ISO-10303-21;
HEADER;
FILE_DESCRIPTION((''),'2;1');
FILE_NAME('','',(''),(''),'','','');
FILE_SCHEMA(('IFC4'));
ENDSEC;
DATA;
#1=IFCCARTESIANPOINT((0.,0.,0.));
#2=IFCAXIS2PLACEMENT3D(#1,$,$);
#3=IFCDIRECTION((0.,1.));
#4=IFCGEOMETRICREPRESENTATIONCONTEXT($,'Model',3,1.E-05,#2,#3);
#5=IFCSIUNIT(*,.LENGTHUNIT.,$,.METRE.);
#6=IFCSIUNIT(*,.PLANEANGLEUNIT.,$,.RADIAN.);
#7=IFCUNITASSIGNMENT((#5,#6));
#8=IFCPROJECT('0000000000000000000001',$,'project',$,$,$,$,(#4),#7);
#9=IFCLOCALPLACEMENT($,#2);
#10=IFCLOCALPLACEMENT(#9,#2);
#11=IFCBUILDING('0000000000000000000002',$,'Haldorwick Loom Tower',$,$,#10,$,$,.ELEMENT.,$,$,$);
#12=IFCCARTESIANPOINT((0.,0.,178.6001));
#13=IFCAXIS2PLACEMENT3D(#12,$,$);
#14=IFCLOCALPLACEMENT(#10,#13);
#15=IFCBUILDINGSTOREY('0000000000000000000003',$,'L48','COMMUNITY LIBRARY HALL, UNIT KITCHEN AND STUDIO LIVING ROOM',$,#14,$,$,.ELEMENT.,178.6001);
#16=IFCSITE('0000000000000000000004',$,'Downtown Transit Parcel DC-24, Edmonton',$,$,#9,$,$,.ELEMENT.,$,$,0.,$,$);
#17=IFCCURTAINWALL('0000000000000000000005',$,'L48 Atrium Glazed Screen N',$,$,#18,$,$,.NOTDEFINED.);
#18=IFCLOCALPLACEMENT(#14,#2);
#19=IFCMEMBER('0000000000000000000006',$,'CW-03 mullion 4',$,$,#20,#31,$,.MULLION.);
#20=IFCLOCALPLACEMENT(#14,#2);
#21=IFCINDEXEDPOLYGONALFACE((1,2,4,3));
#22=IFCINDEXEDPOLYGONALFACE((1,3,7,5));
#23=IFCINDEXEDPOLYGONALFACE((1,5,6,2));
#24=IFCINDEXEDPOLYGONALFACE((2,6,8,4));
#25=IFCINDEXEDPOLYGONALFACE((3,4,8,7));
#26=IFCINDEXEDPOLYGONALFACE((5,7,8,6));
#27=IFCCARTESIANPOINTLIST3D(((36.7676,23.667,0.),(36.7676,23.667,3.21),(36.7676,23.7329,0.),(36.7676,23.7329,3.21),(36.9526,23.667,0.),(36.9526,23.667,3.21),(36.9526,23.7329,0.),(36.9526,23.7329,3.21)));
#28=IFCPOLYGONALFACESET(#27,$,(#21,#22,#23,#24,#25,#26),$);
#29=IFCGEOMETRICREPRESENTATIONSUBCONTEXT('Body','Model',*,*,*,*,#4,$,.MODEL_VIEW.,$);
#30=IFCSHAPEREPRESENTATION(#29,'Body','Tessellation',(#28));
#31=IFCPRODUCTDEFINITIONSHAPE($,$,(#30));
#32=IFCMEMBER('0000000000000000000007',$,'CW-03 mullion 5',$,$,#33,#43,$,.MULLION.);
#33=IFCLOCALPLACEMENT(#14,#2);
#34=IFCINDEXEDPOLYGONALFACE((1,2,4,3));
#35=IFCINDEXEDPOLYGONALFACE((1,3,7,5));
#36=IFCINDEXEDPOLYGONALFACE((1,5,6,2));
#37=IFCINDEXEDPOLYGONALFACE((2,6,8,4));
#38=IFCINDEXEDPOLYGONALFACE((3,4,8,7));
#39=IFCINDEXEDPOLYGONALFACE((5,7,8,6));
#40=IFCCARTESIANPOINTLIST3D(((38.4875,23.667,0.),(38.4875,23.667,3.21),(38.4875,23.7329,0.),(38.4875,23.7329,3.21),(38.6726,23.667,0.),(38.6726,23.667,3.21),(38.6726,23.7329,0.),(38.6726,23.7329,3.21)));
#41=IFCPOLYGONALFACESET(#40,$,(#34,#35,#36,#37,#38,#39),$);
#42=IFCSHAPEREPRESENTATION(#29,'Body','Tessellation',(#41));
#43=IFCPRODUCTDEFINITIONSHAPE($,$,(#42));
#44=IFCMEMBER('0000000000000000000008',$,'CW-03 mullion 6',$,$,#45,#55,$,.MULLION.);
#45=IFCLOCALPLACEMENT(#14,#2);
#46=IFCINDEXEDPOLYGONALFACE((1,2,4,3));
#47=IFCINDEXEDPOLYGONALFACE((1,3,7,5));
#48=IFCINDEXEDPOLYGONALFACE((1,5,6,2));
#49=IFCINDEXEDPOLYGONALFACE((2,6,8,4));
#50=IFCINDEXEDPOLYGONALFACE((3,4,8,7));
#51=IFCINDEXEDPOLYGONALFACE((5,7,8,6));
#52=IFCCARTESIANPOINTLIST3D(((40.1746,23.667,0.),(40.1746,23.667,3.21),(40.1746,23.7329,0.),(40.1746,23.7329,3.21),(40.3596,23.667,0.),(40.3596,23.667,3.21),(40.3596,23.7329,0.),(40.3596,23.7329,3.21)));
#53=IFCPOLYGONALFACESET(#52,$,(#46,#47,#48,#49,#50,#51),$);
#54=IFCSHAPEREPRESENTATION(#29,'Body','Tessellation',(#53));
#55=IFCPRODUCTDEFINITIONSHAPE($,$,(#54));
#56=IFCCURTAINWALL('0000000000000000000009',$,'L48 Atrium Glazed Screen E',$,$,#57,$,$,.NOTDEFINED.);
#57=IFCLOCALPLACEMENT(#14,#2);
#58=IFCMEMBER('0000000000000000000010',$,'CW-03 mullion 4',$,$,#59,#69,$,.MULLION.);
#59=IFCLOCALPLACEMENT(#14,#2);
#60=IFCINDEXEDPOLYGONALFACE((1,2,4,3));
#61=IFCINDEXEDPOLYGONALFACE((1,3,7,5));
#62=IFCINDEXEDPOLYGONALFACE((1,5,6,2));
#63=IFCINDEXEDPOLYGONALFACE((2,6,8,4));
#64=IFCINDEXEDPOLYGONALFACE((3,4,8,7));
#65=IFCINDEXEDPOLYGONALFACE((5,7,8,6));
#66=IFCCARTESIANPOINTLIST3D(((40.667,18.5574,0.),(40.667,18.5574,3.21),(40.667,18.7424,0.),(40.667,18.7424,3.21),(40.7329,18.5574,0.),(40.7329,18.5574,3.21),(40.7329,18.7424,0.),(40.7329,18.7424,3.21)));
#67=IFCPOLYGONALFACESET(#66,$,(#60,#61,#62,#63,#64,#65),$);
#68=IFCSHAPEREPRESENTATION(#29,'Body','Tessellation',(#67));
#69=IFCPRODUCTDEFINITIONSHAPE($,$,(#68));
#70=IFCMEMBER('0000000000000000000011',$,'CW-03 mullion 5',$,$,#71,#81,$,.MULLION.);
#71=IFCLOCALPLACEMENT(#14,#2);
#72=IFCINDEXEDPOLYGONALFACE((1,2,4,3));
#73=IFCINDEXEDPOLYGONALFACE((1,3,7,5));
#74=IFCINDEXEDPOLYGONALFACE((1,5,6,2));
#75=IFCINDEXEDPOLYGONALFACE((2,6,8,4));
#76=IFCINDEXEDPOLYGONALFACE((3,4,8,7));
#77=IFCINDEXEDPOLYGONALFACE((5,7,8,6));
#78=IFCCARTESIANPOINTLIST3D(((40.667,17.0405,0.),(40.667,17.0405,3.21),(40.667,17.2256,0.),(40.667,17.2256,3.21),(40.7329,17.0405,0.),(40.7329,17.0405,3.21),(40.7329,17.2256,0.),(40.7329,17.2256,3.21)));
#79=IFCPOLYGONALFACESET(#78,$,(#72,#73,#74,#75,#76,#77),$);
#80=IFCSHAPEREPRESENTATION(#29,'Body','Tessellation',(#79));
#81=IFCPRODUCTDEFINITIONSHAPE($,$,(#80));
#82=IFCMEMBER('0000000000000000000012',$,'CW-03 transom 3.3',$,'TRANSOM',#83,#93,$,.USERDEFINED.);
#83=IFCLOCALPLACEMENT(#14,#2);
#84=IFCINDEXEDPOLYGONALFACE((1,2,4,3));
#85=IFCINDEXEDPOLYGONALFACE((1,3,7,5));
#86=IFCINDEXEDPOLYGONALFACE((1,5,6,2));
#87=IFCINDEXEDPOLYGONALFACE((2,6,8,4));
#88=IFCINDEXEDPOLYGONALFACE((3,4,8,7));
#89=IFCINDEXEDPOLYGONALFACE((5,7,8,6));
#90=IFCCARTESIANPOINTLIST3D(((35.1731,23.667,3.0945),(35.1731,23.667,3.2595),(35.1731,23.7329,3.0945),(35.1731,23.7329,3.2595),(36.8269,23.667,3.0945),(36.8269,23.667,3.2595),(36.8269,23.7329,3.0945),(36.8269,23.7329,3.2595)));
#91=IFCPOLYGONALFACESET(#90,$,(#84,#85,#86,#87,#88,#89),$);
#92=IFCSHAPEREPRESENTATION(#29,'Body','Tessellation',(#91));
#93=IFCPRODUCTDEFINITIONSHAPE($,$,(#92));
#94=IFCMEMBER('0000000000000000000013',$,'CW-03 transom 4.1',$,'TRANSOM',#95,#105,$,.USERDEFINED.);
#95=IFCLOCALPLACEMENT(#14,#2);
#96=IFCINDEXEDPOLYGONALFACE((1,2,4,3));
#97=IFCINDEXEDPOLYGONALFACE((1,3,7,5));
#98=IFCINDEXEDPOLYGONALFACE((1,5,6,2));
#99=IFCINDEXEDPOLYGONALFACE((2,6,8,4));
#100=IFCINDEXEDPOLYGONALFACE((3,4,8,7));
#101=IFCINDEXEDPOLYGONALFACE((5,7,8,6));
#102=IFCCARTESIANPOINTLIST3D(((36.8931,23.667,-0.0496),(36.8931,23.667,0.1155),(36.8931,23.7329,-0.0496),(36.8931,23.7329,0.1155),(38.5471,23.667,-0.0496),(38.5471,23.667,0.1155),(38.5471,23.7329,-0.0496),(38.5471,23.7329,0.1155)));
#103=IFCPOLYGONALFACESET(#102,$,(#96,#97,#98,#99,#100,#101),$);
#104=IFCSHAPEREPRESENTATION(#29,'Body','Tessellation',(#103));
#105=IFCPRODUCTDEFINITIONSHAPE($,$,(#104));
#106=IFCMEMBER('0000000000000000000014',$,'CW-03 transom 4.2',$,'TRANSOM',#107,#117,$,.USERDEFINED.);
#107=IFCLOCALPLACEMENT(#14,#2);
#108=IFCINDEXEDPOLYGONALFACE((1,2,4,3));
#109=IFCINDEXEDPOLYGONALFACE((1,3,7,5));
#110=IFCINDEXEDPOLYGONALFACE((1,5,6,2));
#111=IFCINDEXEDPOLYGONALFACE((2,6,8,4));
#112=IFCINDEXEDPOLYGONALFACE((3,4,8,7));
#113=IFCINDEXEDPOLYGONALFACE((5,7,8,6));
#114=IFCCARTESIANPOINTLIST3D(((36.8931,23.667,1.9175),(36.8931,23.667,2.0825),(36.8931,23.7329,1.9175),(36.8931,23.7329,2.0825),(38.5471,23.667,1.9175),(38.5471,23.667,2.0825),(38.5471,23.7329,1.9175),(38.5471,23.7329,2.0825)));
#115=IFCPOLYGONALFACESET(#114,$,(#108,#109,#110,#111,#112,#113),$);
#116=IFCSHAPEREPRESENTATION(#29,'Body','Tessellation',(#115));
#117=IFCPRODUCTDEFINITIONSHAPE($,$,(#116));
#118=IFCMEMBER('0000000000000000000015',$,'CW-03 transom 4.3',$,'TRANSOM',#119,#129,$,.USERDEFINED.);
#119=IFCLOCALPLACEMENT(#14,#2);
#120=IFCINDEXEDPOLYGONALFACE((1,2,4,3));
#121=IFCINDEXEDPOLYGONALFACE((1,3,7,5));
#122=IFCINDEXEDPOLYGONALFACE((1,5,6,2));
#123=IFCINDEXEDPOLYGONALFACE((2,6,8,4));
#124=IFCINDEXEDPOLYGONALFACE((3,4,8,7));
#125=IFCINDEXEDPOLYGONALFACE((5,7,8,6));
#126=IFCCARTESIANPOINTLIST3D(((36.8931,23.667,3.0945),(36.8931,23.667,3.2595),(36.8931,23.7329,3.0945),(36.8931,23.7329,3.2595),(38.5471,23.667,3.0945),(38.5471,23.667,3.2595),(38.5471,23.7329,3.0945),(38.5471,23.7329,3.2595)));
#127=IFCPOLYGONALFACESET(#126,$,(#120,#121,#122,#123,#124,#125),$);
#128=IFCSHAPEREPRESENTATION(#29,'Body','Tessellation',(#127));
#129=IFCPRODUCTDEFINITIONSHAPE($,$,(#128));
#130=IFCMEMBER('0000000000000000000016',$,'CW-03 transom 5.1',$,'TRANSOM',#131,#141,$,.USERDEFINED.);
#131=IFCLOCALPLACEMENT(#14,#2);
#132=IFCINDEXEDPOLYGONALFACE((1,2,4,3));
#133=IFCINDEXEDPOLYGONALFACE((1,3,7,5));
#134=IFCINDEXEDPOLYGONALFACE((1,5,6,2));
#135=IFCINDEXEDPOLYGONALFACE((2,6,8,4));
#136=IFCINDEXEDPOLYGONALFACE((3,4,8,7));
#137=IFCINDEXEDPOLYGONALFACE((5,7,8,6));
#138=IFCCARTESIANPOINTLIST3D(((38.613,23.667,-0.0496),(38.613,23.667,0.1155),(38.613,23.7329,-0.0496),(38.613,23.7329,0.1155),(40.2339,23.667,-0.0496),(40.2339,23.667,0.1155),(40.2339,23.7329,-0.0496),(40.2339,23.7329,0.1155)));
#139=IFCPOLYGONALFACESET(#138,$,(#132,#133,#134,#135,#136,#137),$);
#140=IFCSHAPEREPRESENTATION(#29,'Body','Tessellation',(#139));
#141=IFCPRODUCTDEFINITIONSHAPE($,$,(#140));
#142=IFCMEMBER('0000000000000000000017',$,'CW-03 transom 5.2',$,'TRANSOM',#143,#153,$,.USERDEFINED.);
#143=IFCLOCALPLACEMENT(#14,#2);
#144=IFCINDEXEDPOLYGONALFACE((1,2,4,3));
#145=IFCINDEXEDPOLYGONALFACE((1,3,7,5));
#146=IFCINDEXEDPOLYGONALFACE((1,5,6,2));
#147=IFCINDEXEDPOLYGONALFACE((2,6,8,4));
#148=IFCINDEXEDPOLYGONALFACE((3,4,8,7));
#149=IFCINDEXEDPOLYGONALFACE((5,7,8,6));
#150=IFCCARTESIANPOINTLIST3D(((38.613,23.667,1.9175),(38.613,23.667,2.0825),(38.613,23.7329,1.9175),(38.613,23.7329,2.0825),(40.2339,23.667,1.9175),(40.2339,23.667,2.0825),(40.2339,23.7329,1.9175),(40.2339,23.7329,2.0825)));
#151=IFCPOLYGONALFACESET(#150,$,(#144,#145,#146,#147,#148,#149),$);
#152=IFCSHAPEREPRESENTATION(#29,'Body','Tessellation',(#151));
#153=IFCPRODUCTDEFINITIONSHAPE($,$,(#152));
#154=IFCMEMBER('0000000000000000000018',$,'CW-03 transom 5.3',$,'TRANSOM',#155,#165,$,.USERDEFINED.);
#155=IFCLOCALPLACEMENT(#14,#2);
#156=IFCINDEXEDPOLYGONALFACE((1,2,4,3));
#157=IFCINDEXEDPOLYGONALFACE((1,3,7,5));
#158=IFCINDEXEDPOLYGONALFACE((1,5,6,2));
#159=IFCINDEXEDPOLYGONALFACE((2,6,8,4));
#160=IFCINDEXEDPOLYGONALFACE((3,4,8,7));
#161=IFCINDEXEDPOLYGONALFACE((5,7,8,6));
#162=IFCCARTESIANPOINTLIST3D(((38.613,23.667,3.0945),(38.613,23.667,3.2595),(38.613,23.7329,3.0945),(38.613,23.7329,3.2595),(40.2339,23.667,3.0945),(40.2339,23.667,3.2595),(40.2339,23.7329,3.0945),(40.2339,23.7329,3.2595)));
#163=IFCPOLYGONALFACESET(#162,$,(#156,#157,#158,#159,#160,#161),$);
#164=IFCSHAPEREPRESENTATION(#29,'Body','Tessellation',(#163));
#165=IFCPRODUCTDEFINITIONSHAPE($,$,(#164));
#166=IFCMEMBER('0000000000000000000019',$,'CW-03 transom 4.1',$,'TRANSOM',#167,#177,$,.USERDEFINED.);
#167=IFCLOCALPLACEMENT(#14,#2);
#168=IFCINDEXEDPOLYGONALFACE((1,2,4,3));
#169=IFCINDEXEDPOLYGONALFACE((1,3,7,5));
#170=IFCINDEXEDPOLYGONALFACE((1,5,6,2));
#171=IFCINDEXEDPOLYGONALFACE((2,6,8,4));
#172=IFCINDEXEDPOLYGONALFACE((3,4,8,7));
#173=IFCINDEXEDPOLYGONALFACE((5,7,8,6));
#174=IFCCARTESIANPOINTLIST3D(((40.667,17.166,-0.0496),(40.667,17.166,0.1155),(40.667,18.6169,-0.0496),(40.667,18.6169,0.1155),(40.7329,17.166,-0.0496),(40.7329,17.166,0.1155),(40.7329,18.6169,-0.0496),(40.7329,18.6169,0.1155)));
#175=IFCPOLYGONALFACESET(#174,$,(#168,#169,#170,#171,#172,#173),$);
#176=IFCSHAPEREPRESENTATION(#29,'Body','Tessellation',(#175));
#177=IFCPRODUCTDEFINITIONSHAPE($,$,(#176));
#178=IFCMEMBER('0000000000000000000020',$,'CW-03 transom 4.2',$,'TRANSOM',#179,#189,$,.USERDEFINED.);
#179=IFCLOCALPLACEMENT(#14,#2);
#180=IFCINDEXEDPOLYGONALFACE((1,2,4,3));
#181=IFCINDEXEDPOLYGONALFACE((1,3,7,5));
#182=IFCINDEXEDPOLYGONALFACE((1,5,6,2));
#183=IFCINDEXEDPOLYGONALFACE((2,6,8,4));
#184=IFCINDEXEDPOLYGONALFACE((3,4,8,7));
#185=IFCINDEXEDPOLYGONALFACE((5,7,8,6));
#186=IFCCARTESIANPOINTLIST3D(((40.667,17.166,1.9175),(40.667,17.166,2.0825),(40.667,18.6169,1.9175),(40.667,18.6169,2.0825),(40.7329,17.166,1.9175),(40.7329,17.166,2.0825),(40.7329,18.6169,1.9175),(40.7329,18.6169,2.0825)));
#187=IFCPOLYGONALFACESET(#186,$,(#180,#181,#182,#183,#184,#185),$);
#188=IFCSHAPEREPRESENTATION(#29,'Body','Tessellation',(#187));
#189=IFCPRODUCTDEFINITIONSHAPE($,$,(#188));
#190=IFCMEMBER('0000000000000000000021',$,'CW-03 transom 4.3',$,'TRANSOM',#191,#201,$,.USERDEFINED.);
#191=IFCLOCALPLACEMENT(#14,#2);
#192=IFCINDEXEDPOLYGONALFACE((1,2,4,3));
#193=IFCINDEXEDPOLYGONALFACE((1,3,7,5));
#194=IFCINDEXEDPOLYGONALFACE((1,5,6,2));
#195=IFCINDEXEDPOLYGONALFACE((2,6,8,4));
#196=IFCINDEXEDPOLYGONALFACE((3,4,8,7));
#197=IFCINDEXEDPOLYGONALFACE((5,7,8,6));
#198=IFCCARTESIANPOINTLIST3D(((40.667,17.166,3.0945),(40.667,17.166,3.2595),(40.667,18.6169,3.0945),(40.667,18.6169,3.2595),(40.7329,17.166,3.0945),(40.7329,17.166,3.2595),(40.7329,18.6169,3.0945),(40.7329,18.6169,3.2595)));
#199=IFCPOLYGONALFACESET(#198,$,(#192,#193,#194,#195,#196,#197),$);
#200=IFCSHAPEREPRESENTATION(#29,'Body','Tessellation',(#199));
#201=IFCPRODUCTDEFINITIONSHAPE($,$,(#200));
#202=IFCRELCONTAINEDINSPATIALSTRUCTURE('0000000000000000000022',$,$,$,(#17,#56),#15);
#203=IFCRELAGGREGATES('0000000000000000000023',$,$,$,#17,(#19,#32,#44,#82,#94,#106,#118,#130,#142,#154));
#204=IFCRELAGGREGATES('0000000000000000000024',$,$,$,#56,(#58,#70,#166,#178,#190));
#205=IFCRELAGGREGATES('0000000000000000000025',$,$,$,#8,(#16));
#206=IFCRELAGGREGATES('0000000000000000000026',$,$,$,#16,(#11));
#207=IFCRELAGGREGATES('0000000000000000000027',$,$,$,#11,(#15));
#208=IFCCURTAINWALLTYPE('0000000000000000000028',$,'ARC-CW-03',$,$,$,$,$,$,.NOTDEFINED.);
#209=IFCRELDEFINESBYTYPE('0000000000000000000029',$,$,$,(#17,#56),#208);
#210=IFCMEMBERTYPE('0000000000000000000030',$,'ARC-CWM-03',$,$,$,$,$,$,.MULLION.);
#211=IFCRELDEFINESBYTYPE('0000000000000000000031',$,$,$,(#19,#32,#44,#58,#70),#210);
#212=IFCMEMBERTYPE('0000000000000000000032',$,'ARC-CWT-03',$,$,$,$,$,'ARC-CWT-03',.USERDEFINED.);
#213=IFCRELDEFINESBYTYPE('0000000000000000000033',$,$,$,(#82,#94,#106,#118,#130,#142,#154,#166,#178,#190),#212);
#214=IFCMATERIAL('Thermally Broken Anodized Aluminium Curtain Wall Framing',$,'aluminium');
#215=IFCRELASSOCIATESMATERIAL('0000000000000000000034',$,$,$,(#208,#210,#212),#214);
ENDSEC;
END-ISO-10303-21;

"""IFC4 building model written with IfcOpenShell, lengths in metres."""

from ifc_helpers import new_model, si_unit, direction, frame, origin, origin_2d, place, context, subcontext, project, spatial, rectangle, extrude, material, material_profile, profile_set, type_object, element, aggregate, save


model = new_model("IFC4")

# Units and contexts
model_context = context("Model", 3, precision=1e-05, world=origin(), true_north=direction((0.0, 1.0)))
body_context = subcontext(model_context, "Body", "Model", "MODEL_VIEW")
ifc_project = project(units=[si_unit("LENGTHUNIT", "METRE"), si_unit("PLANEANGLEUNIT", "RADIAN")], contexts=[model_context])

# Site, building, storey
site_placement = place(None, origin())
site = spatial("IfcSite", under=ifc_project, at=site_placement, Name="Downtown Transit Parcel DC-24, Edmonton", CompositionType="ELEMENT", RefElevation=0.0)
building_placement = place(site_placement, origin())
building = spatial("IfcBuilding", under=site, at=building_placement, Name="Haldorwick Loom Tower", CompositionType="ELEMENT")
storey_placement = place(building_placement, frame((0.0, 0.0, 178.6001)))
storey = spatial("IfcBuildingStorey", under=building, at=storey_placement, Name="L48", Description="COMMUNITY LIBRARY HALL, UNIT KITCHEN AND STUDIO LIVING ROOM", CompositionType="ELEMENT", Elevation=178.6001)

# Curtain walls, members
ifc_material_1 = material(Name="Thermally Broken Anodized Aluminium Curtain Wall Framing", Category="aluminium")
curtain_wall_type = type_object("IfcCurtainWallType", Name="ARC-CW-03", PredefinedType="NOTDEFINED", material=ifc_material_1)
curtain_wall_1_placement = place(storey_placement, origin())
curtain_wall_1 = element("IfcCurtainWall", 1, at=curtain_wall_1_placement, inside=storey, type_object=curtain_wall_type, Name="L48 Atrium Glazed Screen N", PredefinedType="NOTDEFINED")
ifc_material_profile_1 = material_profile(ifc_material_1, rectangle(XDim=0.0659, YDim=0.1851, at=origin_2d()), Name="ALU_MUL_66X185", Category="aluminium")
ifc_profile_set_1 = profile_set([ifc_material_profile_1], Name="Thermally Broken Anodized Aluminium Curtain Wall Framing")
member_type_1 = type_object("IfcMemberType", Name="ARC-CWM-03", PredefinedType="MULLION", material=ifc_profile_set_1)
member_1_placement = place(storey_placement, frame((36.8601, 23.7, 0.0), z_axis=(0.0, 0.0, 1.0), x_axis=(0.0, 1.0, 0.0)))
member_1 = element("IfcMember", 2, at=member_1_placement, type_object=member_type_1, Name="CW-03 mullion 4", PredefinedType="MULLION", context=body_context, shape_type="SweptSolid", body=[
    extrude(rectangle(XDim=0.0659, YDim=0.1851, at=origin_2d()), origin(), (0.0, 0.0, 1.0), 3.21),
])
member_2_placement = place(storey_placement, frame((38.5801, 23.7, 0.0), z_axis=(0.0, 0.0, 1.0), x_axis=(0.0, 1.0, 0.0)))
member_2 = element("IfcMember", 3, at=member_2_placement, type_object=member_type_1, Name="CW-03 mullion 5", PredefinedType="MULLION", context=body_context, shape_type="SweptSolid", body=[
    extrude(rectangle(XDim=0.0659, YDim=0.1851, at=origin_2d()), origin(), (0.0, 0.0, 1.0), 3.21),
])
member_3_placement = place(storey_placement, frame((40.2671, 23.7, 0.0), z_axis=(0.0, 0.0, 1.0), x_axis=(0.0, 1.0, 0.0)))
member_3 = element("IfcMember", 4, at=member_3_placement, type_object=member_type_1, Name="CW-03 mullion 6", PredefinedType="MULLION", context=body_context, shape_type="SweptSolid", body=[
    extrude(rectangle(XDim=0.0659, YDim=0.1851, at=origin_2d()), origin(), (0.0, 0.0, 1.0), 3.21),
])
curtain_wall_2_placement = place(storey_placement, origin())
curtain_wall_2 = element("IfcCurtainWall", 5, at=curtain_wall_2_placement, inside=storey, type_object=curtain_wall_type, Name="L48 Atrium Glazed Screen E", PredefinedType="NOTDEFINED")
member_4_placement = place(storey_placement, frame((40.7, 18.6499, 0.0), z_axis=(0.0, 0.0, 1.0), x_axis=(1.0, 0.0, 0.0)))
member_4 = element("IfcMember", 6, at=member_4_placement, type_object=member_type_1, Name="CW-03 mullion 4", PredefinedType="MULLION", context=body_context, shape_type="SweptSolid", body=[
    extrude(rectangle(XDim=0.0659, YDim=0.1851, at=origin_2d()), origin(), (0.0, 0.0, 1.0), 3.21),
])
member_5_placement = place(storey_placement, frame((40.7, 17.1331, 0.0), z_axis=(0.0, 0.0, 1.0), x_axis=(1.0, 0.0, 0.0)))
member_5 = element("IfcMember", 7, at=member_5_placement, type_object=member_type_1, Name="CW-03 mullion 5", PredefinedType="MULLION", context=body_context, shape_type="SweptSolid", body=[
    extrude(rectangle(XDim=0.0659, YDim=0.1851, at=origin_2d()), origin(), (0.0, 0.0, 1.0), 3.21),
])

# Members
ifc_material_profile_2 = material_profile(ifc_material_1, rectangle(XDim=0.0659, YDim=0.165, at=origin_2d()), Name="ALU_TRN_66X165", Category="aluminium")
ifc_profile_set_2 = profile_set([ifc_material_profile_2], Name="Thermally Broken Anodized Aluminium Curtain Wall Framing")
member_type_2 = type_object("IfcMemberType", Name="ARC-CWT-03", ElementType="ARC-CWT-03", PredefinedType="USERDEFINED", material=ifc_profile_set_2)
member_6_placement = place(storey_placement, frame((35.1731, 23.7, 3.177), z_axis=(1.0, 0.0, 0.0), x_axis=(0.0, 1.0, 0.0)))
member_6 = element("IfcMember", 8, at=member_6_placement, type_object=member_type_2, Name="CW-03 transom 3.3", ObjectType="TRANSOM", PredefinedType="USERDEFINED", context=body_context, shape_type="SweptSolid", body=[
    extrude(rectangle(XDim=0.0659, YDim=0.165, at=origin_2d()), origin(), (0.0, 0.0, 1.0), 1.6538),
])
member_7_placement = place(storey_placement, frame((36.8931, 23.7, 0.033), z_axis=(1.0, 0.0, 0.0), x_axis=(0.0, 1.0, 0.0)))
member_7 = element("IfcMember", 9, at=member_7_placement, type_object=member_type_2, Name="CW-03 transom 4.1", ObjectType="TRANSOM", PredefinedType="USERDEFINED", context=body_context, shape_type="SweptSolid", body=[
    extrude(rectangle(XDim=0.0659, YDim=0.165, at=origin_2d()), origin(), (0.0, 0.0, 1.0), 1.6541),
])
member_8_placement = place(storey_placement, frame((36.8931, 23.7, 2.0), z_axis=(1.0, 0.0, 0.0), x_axis=(0.0, 1.0, 0.0)))
member_8 = element("IfcMember", 10, at=member_8_placement, type_object=member_type_2, Name="CW-03 transom 4.2", ObjectType="TRANSOM", PredefinedType="USERDEFINED", context=body_context, shape_type="SweptSolid", body=[
    extrude(rectangle(XDim=0.0659, YDim=0.165, at=origin_2d()), origin(), (0.0, 0.0, 1.0), 1.6541),
])
member_9_placement = place(storey_placement, frame((36.8931, 23.7, 3.177), z_axis=(1.0, 0.0, 0.0), x_axis=(0.0, 1.0, 0.0)))
member_9 = element("IfcMember", 11, at=member_9_placement, type_object=member_type_2, Name="CW-03 transom 4.3", ObjectType="TRANSOM", PredefinedType="USERDEFINED", context=body_context, shape_type="SweptSolid", body=[
    extrude(rectangle(XDim=0.0659, YDim=0.165, at=origin_2d()), origin(), (0.0, 0.0, 1.0), 1.6541),
])
member_10_placement = place(storey_placement, frame((38.613, 23.7, 0.033), z_axis=(1.0, 0.0, 0.0), x_axis=(0.0, 1.0, 0.0)))
member_10 = element("IfcMember", 12, at=member_10_placement, type_object=member_type_2, Name="CW-03 transom 5.1", ObjectType="TRANSOM", PredefinedType="USERDEFINED", context=body_context, shape_type="SweptSolid", body=[
    extrude(rectangle(XDim=0.0659, YDim=0.165, at=origin_2d()), origin(), (0.0, 0.0, 1.0), 1.6208),
])
member_11_placement = place(storey_placement, frame((38.613, 23.7, 2.0), z_axis=(1.0, 0.0, 0.0), x_axis=(0.0, 1.0, 0.0)))
member_11 = element("IfcMember", 13, at=member_11_placement, type_object=member_type_2, Name="CW-03 transom 5.2", ObjectType="TRANSOM", PredefinedType="USERDEFINED", context=body_context, shape_type="SweptSolid", body=[
    extrude(rectangle(XDim=0.0659, YDim=0.165, at=origin_2d()), origin(), (0.0, 0.0, 1.0), 1.6208),
])
member_12_placement = place(storey_placement, frame((38.613, 23.7, 3.177), z_axis=(1.0, 0.0, 0.0), x_axis=(0.0, 1.0, 0.0)))
member_12 = element("IfcMember", 14, at=member_12_placement, type_object=member_type_2, Name="CW-03 transom 5.3", ObjectType="TRANSOM", PredefinedType="USERDEFINED", context=body_context, shape_type="SweptSolid", body=[
    extrude(rectangle(XDim=0.0659, YDim=0.165, at=origin_2d()), origin(), (0.0, 0.0, 1.0), 1.6208),
])
member_13_placement = place(storey_placement, frame((40.7, 18.6169, 0.033), z_axis=(0.0, -1.0, 0.0), x_axis=(1.0, 0.0, 0.0)))
member_13 = element("IfcMember", 15, at=member_13_placement, type_object=member_type_2, Name="CW-03 transom 4.1", ObjectType="TRANSOM", PredefinedType="USERDEFINED", context=body_context, shape_type="SweptSolid", body=[
    extrude(rectangle(XDim=0.0659, YDim=0.165, at=origin_2d()), origin(), (0.0, 0.0, 1.0), 1.4509),
])
member_14_placement = place(storey_placement, frame((40.7, 18.6169, 2.0), z_axis=(0.0, -1.0, 0.0), x_axis=(1.0, 0.0, 0.0)))
member_14 = element("IfcMember", 16, at=member_14_placement, type_object=member_type_2, Name="CW-03 transom 4.2", ObjectType="TRANSOM", PredefinedType="USERDEFINED", context=body_context, shape_type="SweptSolid", body=[
    extrude(rectangle(XDim=0.0659, YDim=0.165, at=origin_2d()), origin(), (0.0, 0.0, 1.0), 1.4509),
])
member_15_placement = place(storey_placement, frame((40.7, 18.6169, 3.177), z_axis=(0.0, -1.0, 0.0), x_axis=(1.0, 0.0, 0.0)))
member_15 = element("IfcMember", 17, at=member_15_placement, type_object=member_type_2, Name="CW-03 transom 4.3", ObjectType="TRANSOM", PredefinedType="USERDEFINED", context=body_context, shape_type="SweptSolid", body=[
    extrude(rectangle(XDim=0.0659, YDim=0.165, at=origin_2d()), origin(), (0.0, 0.0, 1.0), 1.4509),
])

aggregate(curtain_wall_1, [member_1, member_2, member_3, member_6, member_7, member_8, member_9, member_10, member_11, member_12])
aggregate(curtain_wall_2, [member_4, member_5, member_13, member_14, member_15])

save(model, "model.ifc")
